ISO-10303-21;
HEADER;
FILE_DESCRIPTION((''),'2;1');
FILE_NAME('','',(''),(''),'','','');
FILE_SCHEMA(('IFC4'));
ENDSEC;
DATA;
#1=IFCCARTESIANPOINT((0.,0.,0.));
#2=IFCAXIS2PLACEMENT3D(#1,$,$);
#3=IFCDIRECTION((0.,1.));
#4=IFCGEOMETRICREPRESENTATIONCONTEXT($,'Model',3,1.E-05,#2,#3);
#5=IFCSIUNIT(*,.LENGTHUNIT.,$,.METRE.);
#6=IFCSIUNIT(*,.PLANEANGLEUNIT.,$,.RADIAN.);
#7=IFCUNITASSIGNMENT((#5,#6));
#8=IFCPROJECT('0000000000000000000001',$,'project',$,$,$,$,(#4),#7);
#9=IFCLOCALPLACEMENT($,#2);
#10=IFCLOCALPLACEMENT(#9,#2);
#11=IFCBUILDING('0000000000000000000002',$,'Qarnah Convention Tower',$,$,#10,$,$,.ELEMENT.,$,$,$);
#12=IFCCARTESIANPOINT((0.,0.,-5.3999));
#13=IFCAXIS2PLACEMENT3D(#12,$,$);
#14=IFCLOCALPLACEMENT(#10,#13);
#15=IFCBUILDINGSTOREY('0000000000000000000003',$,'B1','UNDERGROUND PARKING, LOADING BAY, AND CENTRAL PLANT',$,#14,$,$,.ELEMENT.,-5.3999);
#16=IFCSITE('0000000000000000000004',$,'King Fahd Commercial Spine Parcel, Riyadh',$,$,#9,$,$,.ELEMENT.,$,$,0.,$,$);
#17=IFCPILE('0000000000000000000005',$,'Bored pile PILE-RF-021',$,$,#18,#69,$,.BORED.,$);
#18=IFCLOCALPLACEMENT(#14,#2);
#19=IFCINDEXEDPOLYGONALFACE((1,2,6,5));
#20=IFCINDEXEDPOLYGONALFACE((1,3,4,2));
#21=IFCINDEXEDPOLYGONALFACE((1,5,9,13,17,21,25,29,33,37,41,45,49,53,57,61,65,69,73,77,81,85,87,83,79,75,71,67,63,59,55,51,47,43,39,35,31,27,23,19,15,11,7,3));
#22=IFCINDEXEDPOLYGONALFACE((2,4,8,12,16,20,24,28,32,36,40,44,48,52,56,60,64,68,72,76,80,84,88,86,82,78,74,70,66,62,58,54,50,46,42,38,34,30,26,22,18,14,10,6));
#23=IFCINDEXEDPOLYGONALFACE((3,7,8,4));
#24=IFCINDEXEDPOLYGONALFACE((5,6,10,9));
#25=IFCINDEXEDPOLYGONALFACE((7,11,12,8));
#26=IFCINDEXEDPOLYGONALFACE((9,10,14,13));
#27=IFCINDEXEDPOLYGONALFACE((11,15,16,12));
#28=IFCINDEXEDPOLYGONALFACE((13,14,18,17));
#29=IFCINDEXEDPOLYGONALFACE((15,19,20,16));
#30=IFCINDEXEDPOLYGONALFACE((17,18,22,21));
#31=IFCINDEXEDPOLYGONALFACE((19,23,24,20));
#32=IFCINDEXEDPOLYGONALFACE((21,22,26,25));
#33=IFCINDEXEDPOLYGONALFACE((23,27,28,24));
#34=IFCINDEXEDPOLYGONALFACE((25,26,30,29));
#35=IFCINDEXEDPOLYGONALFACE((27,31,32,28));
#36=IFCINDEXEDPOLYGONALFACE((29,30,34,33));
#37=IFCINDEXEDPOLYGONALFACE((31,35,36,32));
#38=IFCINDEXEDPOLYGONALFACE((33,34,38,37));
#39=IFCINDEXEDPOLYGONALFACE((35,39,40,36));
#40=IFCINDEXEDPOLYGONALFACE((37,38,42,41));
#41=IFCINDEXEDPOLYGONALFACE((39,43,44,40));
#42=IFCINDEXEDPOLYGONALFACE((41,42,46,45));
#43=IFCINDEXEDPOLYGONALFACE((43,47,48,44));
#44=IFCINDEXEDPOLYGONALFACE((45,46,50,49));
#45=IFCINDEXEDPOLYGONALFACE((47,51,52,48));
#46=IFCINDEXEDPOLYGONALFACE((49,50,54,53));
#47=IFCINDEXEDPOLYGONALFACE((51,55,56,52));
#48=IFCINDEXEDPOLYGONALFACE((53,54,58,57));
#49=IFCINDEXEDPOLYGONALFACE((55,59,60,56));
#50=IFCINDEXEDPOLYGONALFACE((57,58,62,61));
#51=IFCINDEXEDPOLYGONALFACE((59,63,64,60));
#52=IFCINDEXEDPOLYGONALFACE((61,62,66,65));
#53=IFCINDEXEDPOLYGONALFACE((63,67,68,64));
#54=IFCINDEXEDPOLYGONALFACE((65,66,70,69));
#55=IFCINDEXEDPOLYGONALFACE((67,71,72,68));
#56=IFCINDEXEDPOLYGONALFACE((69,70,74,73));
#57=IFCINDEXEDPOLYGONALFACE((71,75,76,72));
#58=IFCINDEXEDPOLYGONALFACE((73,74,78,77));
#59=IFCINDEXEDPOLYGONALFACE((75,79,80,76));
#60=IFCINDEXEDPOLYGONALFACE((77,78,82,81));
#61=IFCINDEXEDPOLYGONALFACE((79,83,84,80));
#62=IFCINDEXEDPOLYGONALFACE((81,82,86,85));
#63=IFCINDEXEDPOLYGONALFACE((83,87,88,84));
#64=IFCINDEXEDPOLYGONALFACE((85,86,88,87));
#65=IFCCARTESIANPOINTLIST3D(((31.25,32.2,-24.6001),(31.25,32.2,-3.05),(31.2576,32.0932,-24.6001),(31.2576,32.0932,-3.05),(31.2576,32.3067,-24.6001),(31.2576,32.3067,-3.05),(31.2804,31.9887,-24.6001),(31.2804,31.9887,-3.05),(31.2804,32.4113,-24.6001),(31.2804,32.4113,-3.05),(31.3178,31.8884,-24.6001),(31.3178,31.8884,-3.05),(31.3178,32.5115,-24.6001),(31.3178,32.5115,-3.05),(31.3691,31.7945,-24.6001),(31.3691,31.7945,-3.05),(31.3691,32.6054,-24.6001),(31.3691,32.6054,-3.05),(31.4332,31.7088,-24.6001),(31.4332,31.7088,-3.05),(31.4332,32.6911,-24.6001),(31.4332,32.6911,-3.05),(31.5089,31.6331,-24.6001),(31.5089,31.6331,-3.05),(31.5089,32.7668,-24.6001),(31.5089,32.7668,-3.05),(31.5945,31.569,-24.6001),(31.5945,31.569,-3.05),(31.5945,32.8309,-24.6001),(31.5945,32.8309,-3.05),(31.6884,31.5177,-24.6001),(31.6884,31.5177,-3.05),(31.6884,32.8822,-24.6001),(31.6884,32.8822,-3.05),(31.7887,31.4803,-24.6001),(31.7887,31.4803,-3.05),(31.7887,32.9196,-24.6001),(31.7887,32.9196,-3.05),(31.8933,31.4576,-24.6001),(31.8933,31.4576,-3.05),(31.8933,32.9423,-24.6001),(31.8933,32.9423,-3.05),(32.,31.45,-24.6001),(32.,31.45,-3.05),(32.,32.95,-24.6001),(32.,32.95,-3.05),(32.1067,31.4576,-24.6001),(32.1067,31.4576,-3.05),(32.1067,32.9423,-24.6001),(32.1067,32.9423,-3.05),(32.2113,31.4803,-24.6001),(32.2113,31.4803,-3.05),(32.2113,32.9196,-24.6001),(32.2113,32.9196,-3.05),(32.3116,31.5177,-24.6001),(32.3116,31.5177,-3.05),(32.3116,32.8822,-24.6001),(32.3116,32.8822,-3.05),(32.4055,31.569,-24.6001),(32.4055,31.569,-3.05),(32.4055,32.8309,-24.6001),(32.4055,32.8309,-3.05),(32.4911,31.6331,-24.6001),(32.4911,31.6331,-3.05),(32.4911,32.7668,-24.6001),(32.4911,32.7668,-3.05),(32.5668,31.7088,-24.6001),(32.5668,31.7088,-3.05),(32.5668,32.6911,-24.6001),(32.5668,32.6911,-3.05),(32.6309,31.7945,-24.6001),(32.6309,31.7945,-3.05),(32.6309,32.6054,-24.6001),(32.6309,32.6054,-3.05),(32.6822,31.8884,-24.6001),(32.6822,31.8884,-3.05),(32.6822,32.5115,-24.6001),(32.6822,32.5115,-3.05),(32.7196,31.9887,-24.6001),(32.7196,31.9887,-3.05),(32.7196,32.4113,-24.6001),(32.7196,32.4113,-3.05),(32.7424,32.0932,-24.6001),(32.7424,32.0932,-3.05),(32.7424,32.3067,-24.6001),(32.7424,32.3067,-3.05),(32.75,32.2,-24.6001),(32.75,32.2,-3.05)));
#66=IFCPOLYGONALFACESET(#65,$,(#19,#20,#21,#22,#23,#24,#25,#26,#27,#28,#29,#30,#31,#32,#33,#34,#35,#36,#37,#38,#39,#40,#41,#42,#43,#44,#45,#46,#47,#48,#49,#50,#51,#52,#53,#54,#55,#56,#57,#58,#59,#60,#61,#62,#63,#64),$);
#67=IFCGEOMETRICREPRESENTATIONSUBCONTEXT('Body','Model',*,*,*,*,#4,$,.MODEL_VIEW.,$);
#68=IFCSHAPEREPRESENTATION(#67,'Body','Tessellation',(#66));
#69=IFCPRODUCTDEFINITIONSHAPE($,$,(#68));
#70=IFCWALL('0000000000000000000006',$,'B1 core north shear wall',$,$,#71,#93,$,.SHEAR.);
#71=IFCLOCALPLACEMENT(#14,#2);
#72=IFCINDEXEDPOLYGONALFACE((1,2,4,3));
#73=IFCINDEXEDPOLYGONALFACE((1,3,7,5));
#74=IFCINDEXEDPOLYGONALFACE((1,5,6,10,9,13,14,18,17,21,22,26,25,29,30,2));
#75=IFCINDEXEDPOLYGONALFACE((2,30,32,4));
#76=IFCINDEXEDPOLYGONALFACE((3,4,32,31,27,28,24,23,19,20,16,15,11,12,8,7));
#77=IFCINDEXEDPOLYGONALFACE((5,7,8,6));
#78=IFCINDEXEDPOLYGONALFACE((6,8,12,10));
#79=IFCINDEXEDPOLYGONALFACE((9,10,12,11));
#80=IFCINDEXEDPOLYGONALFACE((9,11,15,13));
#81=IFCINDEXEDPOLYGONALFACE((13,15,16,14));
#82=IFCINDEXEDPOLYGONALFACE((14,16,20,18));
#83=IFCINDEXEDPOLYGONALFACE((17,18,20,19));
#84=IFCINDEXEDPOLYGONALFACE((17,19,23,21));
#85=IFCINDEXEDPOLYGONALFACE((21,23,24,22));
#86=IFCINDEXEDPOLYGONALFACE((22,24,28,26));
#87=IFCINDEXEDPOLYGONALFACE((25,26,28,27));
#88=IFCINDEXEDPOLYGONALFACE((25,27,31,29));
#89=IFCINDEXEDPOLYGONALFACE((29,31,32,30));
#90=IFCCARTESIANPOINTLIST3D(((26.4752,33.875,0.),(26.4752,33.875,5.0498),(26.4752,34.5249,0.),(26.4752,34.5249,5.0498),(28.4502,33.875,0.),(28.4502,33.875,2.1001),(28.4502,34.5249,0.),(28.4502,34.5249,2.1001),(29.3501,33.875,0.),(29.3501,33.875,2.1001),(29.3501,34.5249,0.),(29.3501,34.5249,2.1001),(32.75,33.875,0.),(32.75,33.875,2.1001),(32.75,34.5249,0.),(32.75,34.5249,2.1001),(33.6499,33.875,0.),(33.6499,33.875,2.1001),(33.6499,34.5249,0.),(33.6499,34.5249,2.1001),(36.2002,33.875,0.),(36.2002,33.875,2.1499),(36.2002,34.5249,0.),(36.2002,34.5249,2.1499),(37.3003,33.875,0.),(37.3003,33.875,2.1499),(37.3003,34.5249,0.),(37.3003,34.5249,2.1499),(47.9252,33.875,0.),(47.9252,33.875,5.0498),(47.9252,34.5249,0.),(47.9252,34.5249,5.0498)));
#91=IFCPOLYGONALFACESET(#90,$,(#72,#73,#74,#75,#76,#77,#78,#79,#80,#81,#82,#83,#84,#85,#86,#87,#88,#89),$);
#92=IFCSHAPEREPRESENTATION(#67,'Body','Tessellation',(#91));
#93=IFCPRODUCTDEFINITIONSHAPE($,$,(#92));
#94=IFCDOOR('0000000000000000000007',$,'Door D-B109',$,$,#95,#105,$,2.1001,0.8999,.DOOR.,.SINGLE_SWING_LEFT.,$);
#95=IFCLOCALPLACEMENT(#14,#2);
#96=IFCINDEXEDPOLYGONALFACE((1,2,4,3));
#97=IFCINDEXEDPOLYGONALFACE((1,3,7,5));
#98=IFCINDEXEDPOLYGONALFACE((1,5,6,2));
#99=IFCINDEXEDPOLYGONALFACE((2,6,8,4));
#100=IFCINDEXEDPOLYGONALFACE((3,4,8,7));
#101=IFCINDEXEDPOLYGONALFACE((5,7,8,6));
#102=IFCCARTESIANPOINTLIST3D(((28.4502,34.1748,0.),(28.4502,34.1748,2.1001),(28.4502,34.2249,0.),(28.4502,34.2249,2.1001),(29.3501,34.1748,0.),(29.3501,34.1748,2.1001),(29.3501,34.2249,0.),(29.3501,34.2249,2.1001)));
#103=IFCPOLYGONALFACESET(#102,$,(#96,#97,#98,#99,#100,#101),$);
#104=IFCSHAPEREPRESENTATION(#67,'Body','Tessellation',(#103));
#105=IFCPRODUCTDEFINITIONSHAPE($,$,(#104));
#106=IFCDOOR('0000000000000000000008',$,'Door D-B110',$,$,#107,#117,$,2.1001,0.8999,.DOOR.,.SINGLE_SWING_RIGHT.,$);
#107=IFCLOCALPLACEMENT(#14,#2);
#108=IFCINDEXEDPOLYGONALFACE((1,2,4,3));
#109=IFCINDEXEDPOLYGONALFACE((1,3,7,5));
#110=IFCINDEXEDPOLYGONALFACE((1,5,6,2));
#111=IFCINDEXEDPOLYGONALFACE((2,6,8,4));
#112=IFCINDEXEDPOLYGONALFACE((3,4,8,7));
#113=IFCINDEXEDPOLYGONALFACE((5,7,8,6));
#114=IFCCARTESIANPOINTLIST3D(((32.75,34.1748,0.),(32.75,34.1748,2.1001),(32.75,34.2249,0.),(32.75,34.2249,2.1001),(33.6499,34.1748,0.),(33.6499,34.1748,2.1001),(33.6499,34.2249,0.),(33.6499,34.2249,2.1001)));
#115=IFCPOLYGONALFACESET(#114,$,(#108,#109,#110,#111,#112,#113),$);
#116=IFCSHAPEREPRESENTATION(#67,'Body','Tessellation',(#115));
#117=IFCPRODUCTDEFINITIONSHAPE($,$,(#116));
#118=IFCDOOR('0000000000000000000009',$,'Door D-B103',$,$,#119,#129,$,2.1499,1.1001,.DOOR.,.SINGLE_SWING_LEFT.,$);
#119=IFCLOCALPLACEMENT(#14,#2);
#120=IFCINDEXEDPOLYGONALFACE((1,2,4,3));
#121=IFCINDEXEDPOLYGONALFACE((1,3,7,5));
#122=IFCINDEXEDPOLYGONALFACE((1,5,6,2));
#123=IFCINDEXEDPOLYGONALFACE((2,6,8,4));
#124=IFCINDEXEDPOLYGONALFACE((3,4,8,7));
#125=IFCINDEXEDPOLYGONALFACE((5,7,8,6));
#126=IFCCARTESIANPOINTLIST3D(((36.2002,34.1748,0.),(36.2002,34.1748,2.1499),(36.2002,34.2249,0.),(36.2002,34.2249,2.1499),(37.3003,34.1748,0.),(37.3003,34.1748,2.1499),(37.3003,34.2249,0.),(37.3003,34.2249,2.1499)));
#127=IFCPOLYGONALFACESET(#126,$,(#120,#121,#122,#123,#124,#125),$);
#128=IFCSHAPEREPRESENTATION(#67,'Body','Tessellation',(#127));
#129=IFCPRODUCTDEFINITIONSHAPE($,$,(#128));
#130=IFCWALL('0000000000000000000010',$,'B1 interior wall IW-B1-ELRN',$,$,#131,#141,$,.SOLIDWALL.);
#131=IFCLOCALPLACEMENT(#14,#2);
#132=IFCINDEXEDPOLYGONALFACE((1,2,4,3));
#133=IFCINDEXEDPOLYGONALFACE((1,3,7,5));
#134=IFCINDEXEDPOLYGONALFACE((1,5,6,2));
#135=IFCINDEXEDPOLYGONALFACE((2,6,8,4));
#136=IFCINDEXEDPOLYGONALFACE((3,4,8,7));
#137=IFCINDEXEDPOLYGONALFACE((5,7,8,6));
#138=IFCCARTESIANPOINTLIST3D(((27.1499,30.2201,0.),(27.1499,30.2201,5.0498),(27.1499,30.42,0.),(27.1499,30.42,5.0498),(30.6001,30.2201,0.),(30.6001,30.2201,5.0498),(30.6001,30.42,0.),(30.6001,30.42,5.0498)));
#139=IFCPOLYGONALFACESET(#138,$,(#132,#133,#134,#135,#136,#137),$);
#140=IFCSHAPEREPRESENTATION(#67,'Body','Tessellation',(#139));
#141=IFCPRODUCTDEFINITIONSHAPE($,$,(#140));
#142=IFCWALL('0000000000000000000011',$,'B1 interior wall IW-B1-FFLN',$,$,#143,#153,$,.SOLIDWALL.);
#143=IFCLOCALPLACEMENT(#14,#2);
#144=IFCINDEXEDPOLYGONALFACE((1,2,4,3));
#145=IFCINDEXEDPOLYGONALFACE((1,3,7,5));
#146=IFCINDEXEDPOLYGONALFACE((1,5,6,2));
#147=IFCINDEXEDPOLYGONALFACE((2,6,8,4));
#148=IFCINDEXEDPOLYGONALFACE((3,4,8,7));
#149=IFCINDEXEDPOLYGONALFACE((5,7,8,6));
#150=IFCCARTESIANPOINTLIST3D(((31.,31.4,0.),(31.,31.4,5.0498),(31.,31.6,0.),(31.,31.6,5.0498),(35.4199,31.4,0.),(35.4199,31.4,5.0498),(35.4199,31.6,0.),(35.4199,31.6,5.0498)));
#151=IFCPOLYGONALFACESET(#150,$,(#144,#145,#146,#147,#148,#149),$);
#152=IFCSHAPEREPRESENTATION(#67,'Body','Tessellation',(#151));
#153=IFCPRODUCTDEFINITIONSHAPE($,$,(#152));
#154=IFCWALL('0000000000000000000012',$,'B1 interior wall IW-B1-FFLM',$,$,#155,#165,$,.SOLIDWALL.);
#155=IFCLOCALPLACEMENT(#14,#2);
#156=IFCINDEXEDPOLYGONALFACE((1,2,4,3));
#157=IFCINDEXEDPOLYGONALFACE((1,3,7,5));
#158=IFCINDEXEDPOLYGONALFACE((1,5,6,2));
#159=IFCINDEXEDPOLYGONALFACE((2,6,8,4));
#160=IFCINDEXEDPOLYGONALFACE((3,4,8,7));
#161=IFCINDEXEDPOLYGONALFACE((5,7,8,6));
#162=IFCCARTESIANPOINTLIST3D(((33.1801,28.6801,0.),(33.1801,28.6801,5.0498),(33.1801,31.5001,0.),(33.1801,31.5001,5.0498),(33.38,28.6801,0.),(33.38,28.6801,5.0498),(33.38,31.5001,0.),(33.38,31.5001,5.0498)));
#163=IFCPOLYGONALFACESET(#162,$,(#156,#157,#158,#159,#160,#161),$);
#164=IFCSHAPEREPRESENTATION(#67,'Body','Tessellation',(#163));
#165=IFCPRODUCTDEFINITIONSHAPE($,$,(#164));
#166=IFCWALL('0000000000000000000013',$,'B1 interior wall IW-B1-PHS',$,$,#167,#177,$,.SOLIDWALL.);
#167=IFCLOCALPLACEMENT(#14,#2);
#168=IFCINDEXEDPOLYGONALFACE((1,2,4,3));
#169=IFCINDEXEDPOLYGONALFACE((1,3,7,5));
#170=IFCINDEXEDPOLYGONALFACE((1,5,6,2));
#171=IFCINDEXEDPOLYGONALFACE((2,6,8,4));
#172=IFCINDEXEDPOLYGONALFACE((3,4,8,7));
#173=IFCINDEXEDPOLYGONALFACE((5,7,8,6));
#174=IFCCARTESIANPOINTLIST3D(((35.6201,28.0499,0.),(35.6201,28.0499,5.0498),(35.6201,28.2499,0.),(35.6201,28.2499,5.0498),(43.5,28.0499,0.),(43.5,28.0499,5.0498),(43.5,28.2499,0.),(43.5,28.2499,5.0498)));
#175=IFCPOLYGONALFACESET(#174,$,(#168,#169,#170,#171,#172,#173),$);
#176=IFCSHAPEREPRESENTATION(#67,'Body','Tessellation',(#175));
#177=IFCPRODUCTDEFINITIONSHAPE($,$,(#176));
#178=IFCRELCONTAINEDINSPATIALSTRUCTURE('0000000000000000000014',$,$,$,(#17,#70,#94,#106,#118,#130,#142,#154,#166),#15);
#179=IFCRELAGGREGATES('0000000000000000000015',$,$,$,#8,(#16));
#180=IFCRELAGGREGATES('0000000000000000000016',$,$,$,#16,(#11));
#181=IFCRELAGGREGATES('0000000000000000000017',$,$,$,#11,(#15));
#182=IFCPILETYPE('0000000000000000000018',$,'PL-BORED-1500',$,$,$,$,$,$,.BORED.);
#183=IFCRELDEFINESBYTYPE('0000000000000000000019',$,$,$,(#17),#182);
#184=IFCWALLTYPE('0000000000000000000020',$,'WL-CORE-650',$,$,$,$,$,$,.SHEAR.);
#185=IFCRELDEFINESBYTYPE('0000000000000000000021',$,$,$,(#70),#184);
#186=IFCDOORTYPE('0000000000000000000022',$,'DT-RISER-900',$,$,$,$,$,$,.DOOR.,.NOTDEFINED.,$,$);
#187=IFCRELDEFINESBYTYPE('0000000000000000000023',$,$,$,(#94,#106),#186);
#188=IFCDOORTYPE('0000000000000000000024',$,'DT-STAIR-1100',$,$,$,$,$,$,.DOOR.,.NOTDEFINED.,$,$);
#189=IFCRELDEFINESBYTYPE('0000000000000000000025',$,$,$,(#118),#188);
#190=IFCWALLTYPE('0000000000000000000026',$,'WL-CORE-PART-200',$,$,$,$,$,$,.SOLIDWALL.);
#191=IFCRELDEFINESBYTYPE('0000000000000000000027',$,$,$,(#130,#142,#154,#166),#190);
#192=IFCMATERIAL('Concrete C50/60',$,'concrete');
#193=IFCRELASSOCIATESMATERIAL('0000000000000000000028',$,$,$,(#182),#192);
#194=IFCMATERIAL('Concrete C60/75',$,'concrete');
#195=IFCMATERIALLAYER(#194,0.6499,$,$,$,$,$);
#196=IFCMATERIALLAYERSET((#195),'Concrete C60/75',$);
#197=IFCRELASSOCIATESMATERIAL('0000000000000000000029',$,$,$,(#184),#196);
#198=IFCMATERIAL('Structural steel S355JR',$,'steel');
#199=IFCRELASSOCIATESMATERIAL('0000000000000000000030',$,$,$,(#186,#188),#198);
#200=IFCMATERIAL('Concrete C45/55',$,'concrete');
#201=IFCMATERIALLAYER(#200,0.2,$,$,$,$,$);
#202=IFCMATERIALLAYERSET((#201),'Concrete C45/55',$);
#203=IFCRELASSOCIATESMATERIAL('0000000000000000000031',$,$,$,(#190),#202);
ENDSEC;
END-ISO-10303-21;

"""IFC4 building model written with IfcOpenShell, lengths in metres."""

from ifc_helpers import new_model, si_unit, direction, frame, frame_2d, origin, origin_2d, place, context, subcontext, project, spatial, rectangle, circle, extrude, material, layer, layer_set, material_profile, profile_set, type_object, element, fill, save


model = new_model("IFC4")

# Units and contexts
model_context = context("Model", 3, precision=1e-05, world=origin(), true_north=direction((0.0, 1.0)))
body_context = subcontext(model_context, "Body", "Model", "MODEL_VIEW")
ifc_project = project(units=[si_unit("LENGTHUNIT", "METRE"), si_unit("PLANEANGLEUNIT", "RADIAN")], contexts=[model_context])

# Site, building, storey
site_placement = place(None, origin())
site = spatial("IfcSite", under=ifc_project, at=site_placement, Name="King Fahd Commercial Spine Parcel, Riyadh", CompositionType="ELEMENT", RefElevation=0.0)
building_placement = place(site_placement, origin())
building = spatial("IfcBuilding", under=site, at=building_placement, Name="Qarnah Convention Tower", CompositionType="ELEMENT")
storey_placement = place(building_placement, frame((0.0, 0.0, -5.3999)))
storey = spatial("IfcBuildingStorey", under=building, at=storey_placement, Name="B1", Description="UNDERGROUND PARKING, LOADING BAY, AND CENTRAL PLANT", CompositionType="ELEMENT", Elevation=-5.3999)

# Pile
ifc_material_1 = material(Name="Concrete C50/60", Category="concrete")
ifc_material_profile = material_profile(ifc_material_1, circle(Radius=0.75, at=origin_2d()), Name="PILE-D1500")
ifc_profile_set = profile_set([ifc_material_profile], Name="Concrete C50/60")
pile_type = type_object("IfcPileType", Name="PL-BORED-1500", PredefinedType="BORED", material=ifc_profile_set)
for number, where, z_axis, x_axis, name in (
    (1, (32.0, 32.2, -3.05), (0.0, 0.0, -1.0), (1.0, 0.0, 0.0), "Bored pile PILE-RF-021"),
):
    element("IfcPile", number, at=place(storey_placement, frame(where, z_axis=z_axis, x_axis=x_axis)), inside=storey, type_object=pile_type, Name=name, PredefinedType="BORED", context=body_context, shape_type="SweptSolid", body=[
        extrude(circle(Radius=0.75, at=origin_2d()), origin(), (0.0, 0.0, 1.0), 21.55),
    ])

# Wall, openings, doors
ifc_material_2 = material(Name="Concrete C60/75", Category="concrete")
ifc_layer_1 = layer(ifc_material_2, 0.6499)
ifc_layer_set_1 = layer_set([ifc_layer_1], Name="Concrete C60/75")
wall_type_1 = type_object("IfcWallType", Name="WL-CORE-650", PredefinedType="SHEAR", material=ifc_layer_set_1)
wall_1_placement = place(storey_placement, frame((26.4751, 34.2, 0.0), z_axis=(0.0, 0.0, 1.0), x_axis=(1.0, 0.0, 0.0)))
wall_1 = element("IfcWall", 2, at=wall_1_placement, inside=storey, type_object=wall_type_1, Name="B1 core north shear wall", PredefinedType="SHEAR", context=body_context, shape_type="SweptSolid", body=[
    extrude(rectangle(XDim=21.45, YDim=0.6499, at=frame_2d((10.7251, 0.0))), origin(), (0.0, 0.0, 1.0), 5.0498),
])
opening_1_placement = place(wall_1_placement, frame((9.7251, 0.0, 0.0)))
opening_1 = element("IfcOpeningElement", 3, at=opening_1_placement, cuts=wall_1, PredefinedType="OPENING", context=body_context, shape_type="SweptSolid", body=[
    extrude(rectangle(XDim=1.1001, YDim=2.1499, at=frame_2d((0.55, 1.075))), frame((0.0, 0.335, 0.0), z_axis=(0.0, -1.0, 0.0), x_axis=(1.0, 0.0, 0.0)), (0.0, 0.0, 1.0), 0.6699),
])
opening_2_placement = place(wall_1_placement, frame((1.9751, 0.0, 0.0)))
opening_2 = element("IfcOpeningElement", 4, at=opening_2_placement, cuts=wall_1, PredefinedType="OPENING", context=body_context, shape_type="SweptSolid", body=[
    extrude(rectangle(XDim=0.8999, YDim=2.1001, at=frame_2d((0.45, 1.05))), frame((0.0, 0.335, 0.0), z_axis=(0.0, -1.0, 0.0), x_axis=(1.0, 0.0, 0.0)), (0.0, 0.0, 1.0), 0.6699),
])
opening_3_placement = place(wall_1_placement, frame((6.2749, 0.0, 0.0)))
opening_3 = element("IfcOpeningElement", 5, at=opening_3_placement, cuts=wall_1, PredefinedType="OPENING", context=body_context, shape_type="SweptSolid", body=[
    extrude(rectangle(XDim=0.8999, YDim=2.1001, at=frame_2d((0.45, 1.05))), frame((0.0, 0.335, 0.0), z_axis=(0.0, -1.0, 0.0), x_axis=(1.0, 0.0, 0.0)), (0.0, 0.0, 1.0), 0.6699),
])
ifc_material_3 = material(Name="Structural steel S355JR", Category="steel")
door_type_1 = type_object("IfcDoorType", Name="DT-RISER-900", OperationType="NOTDEFINED", PredefinedType="DOOR", material=ifc_material_3)
door_1_placement = place(opening_2_placement, origin())
door_1 = element("IfcDoor", 6, at=door_1_placement, inside=storey, type_object=door_type_1, Name="Door D-B109", OperationType="SINGLE_SWING_LEFT", OverallHeight=2.1001, OverallWidth=0.8999, PredefinedType="DOOR", context=body_context, shape_type="SweptSolid", body=[
    extrude(rectangle(XDim=0.8999, YDim=2.1001, at=frame_2d((0.45, 1.05))), frame((0.0, 0.0249, 0.0), z_axis=(0.0, -1.0, 0.0), x_axis=(1.0, 0.0, 0.0)), (0.0, 0.0, 1.0), 0.05),
])
fill(opening_2, door_1)
door_2_placement = place(opening_3_placement, origin())
door_2 = element("IfcDoor", 7, at=door_2_placement, inside=storey, type_object=door_type_1, Name="Door D-B110", OperationType="SINGLE_SWING_RIGHT", OverallHeight=2.1001, OverallWidth=0.8999, PredefinedType="DOOR", context=body_context, shape_type="SweptSolid", body=[
    extrude(rectangle(XDim=0.8999, YDim=2.1001, at=frame_2d((0.45, 1.05))), frame((0.0, 0.0249, 0.0), z_axis=(0.0, -1.0, 0.0), x_axis=(1.0, 0.0, 0.0)), (0.0, 0.0, 1.0), 0.05),
])
fill(opening_3, door_2)
door_type_2 = type_object("IfcDoorType", Name="DT-STAIR-1100", OperationType="NOTDEFINED", PredefinedType="DOOR", material=ifc_material_3)
door_3_placement = place(opening_1_placement, origin())
door_3 = element("IfcDoor", 8, at=door_3_placement, inside=storey, type_object=door_type_2, Name="Door D-B103", OperationType="SINGLE_SWING_LEFT", OverallHeight=2.1499, OverallWidth=1.1001, PredefinedType="DOOR", context=body_context, shape_type="SweptSolid", body=[
    extrude(rectangle(XDim=1.1001, YDim=2.1499, at=frame_2d((0.55, 1.075))), frame((0.0, 0.0249, 0.0), z_axis=(0.0, -1.0, 0.0), x_axis=(1.0, 0.0, 0.0)), (0.0, 0.0, 1.0), 0.05),
])
fill(opening_1, door_3)

# Wall
ifc_material_4 = material(Name="Concrete C45/55", Category="concrete")
ifc_layer_2 = layer(ifc_material_4, 0.2)
ifc_layer_set_2 = layer_set([ifc_layer_2], Name="Concrete C45/55")
wall_type_2 = type_object("IfcWallType", Name="WL-CORE-PART-200", PredefinedType="SOLIDWALL", material=ifc_layer_set_2)
wall_2_placement = place(storey_placement, frame((27.1499, 30.3201, 0.0), z_axis=(0.0, 0.0, 1.0), x_axis=(1.0, 0.0, 0.0)))
element("IfcWall", 9, at=wall_2_placement, inside=storey, type_object=wall_type_2, Name="B1 interior wall IW-B1-ELRN", PredefinedType="SOLIDWALL", context=body_context, shape_type="SweptSolid", body=[
    extrude(rectangle(XDim=3.4502, YDim=0.2, at=frame_2d((1.7251, 0.0))), origin(), (0.0, 0.0, 1.0), 5.0498),
])

# Walls
wall_3_placement = place(storey_placement, frame((31.0, 31.5, 0.0), z_axis=(0.0, 0.0, 1.0), x_axis=(1.0, 0.0, 0.0)))
element("IfcWall", 10, at=wall_3_placement, inside=storey, type_object=wall_type_2, Name="B1 interior wall IW-B1-FFLN", PredefinedType="SOLIDWALL", context=body_context, shape_type="SweptSolid", body=[
    extrude(rectangle(XDim=4.4199, YDim=0.2, at=frame_2d((2.21, 0.0))), origin(), (0.0, 0.0, 1.0), 5.0498),
])
wall_4_placement = place(storey_placement, frame((33.28, 28.6799, 0.0), z_axis=(0.0, 0.0, 1.0), x_axis=(0.0, 1.0, 0.0)))
element("IfcWall", 11, at=wall_4_placement, inside=storey, type_object=wall_type_2, Name="B1 interior wall IW-B1-FFLM", PredefinedType="SOLIDWALL", context=body_context, shape_type="SweptSolid", body=[
    extrude(rectangle(XDim=2.8201, YDim=0.2, at=frame_2d((1.4102, 0.0))), origin(), (0.0, 0.0, 1.0), 5.0498),
])
for number, where, z_axis, x_axis, name in (
    (12, (35.6201, 28.1499, 0.0), (0.0, 0.0, 1.0), (1.0, 0.0, 0.0), "B1 interior wall IW-B1-PHS"),
):
    element("IfcWall", number, at=place(storey_placement, frame(where, z_axis=z_axis, x_axis=x_axis)), inside=storey, type_object=wall_type_2, Name=name, PredefinedType="SOLIDWALL", context=body_context, shape_type="SweptSolid", body=[
        extrude(rectangle(XDim=7.8799, YDim=0.2, at=frame_2d((3.9399, 0.0))), origin(), (0.0, 0.0, 1.0), 5.0498),
    ])

save(model, "model.ifc")
